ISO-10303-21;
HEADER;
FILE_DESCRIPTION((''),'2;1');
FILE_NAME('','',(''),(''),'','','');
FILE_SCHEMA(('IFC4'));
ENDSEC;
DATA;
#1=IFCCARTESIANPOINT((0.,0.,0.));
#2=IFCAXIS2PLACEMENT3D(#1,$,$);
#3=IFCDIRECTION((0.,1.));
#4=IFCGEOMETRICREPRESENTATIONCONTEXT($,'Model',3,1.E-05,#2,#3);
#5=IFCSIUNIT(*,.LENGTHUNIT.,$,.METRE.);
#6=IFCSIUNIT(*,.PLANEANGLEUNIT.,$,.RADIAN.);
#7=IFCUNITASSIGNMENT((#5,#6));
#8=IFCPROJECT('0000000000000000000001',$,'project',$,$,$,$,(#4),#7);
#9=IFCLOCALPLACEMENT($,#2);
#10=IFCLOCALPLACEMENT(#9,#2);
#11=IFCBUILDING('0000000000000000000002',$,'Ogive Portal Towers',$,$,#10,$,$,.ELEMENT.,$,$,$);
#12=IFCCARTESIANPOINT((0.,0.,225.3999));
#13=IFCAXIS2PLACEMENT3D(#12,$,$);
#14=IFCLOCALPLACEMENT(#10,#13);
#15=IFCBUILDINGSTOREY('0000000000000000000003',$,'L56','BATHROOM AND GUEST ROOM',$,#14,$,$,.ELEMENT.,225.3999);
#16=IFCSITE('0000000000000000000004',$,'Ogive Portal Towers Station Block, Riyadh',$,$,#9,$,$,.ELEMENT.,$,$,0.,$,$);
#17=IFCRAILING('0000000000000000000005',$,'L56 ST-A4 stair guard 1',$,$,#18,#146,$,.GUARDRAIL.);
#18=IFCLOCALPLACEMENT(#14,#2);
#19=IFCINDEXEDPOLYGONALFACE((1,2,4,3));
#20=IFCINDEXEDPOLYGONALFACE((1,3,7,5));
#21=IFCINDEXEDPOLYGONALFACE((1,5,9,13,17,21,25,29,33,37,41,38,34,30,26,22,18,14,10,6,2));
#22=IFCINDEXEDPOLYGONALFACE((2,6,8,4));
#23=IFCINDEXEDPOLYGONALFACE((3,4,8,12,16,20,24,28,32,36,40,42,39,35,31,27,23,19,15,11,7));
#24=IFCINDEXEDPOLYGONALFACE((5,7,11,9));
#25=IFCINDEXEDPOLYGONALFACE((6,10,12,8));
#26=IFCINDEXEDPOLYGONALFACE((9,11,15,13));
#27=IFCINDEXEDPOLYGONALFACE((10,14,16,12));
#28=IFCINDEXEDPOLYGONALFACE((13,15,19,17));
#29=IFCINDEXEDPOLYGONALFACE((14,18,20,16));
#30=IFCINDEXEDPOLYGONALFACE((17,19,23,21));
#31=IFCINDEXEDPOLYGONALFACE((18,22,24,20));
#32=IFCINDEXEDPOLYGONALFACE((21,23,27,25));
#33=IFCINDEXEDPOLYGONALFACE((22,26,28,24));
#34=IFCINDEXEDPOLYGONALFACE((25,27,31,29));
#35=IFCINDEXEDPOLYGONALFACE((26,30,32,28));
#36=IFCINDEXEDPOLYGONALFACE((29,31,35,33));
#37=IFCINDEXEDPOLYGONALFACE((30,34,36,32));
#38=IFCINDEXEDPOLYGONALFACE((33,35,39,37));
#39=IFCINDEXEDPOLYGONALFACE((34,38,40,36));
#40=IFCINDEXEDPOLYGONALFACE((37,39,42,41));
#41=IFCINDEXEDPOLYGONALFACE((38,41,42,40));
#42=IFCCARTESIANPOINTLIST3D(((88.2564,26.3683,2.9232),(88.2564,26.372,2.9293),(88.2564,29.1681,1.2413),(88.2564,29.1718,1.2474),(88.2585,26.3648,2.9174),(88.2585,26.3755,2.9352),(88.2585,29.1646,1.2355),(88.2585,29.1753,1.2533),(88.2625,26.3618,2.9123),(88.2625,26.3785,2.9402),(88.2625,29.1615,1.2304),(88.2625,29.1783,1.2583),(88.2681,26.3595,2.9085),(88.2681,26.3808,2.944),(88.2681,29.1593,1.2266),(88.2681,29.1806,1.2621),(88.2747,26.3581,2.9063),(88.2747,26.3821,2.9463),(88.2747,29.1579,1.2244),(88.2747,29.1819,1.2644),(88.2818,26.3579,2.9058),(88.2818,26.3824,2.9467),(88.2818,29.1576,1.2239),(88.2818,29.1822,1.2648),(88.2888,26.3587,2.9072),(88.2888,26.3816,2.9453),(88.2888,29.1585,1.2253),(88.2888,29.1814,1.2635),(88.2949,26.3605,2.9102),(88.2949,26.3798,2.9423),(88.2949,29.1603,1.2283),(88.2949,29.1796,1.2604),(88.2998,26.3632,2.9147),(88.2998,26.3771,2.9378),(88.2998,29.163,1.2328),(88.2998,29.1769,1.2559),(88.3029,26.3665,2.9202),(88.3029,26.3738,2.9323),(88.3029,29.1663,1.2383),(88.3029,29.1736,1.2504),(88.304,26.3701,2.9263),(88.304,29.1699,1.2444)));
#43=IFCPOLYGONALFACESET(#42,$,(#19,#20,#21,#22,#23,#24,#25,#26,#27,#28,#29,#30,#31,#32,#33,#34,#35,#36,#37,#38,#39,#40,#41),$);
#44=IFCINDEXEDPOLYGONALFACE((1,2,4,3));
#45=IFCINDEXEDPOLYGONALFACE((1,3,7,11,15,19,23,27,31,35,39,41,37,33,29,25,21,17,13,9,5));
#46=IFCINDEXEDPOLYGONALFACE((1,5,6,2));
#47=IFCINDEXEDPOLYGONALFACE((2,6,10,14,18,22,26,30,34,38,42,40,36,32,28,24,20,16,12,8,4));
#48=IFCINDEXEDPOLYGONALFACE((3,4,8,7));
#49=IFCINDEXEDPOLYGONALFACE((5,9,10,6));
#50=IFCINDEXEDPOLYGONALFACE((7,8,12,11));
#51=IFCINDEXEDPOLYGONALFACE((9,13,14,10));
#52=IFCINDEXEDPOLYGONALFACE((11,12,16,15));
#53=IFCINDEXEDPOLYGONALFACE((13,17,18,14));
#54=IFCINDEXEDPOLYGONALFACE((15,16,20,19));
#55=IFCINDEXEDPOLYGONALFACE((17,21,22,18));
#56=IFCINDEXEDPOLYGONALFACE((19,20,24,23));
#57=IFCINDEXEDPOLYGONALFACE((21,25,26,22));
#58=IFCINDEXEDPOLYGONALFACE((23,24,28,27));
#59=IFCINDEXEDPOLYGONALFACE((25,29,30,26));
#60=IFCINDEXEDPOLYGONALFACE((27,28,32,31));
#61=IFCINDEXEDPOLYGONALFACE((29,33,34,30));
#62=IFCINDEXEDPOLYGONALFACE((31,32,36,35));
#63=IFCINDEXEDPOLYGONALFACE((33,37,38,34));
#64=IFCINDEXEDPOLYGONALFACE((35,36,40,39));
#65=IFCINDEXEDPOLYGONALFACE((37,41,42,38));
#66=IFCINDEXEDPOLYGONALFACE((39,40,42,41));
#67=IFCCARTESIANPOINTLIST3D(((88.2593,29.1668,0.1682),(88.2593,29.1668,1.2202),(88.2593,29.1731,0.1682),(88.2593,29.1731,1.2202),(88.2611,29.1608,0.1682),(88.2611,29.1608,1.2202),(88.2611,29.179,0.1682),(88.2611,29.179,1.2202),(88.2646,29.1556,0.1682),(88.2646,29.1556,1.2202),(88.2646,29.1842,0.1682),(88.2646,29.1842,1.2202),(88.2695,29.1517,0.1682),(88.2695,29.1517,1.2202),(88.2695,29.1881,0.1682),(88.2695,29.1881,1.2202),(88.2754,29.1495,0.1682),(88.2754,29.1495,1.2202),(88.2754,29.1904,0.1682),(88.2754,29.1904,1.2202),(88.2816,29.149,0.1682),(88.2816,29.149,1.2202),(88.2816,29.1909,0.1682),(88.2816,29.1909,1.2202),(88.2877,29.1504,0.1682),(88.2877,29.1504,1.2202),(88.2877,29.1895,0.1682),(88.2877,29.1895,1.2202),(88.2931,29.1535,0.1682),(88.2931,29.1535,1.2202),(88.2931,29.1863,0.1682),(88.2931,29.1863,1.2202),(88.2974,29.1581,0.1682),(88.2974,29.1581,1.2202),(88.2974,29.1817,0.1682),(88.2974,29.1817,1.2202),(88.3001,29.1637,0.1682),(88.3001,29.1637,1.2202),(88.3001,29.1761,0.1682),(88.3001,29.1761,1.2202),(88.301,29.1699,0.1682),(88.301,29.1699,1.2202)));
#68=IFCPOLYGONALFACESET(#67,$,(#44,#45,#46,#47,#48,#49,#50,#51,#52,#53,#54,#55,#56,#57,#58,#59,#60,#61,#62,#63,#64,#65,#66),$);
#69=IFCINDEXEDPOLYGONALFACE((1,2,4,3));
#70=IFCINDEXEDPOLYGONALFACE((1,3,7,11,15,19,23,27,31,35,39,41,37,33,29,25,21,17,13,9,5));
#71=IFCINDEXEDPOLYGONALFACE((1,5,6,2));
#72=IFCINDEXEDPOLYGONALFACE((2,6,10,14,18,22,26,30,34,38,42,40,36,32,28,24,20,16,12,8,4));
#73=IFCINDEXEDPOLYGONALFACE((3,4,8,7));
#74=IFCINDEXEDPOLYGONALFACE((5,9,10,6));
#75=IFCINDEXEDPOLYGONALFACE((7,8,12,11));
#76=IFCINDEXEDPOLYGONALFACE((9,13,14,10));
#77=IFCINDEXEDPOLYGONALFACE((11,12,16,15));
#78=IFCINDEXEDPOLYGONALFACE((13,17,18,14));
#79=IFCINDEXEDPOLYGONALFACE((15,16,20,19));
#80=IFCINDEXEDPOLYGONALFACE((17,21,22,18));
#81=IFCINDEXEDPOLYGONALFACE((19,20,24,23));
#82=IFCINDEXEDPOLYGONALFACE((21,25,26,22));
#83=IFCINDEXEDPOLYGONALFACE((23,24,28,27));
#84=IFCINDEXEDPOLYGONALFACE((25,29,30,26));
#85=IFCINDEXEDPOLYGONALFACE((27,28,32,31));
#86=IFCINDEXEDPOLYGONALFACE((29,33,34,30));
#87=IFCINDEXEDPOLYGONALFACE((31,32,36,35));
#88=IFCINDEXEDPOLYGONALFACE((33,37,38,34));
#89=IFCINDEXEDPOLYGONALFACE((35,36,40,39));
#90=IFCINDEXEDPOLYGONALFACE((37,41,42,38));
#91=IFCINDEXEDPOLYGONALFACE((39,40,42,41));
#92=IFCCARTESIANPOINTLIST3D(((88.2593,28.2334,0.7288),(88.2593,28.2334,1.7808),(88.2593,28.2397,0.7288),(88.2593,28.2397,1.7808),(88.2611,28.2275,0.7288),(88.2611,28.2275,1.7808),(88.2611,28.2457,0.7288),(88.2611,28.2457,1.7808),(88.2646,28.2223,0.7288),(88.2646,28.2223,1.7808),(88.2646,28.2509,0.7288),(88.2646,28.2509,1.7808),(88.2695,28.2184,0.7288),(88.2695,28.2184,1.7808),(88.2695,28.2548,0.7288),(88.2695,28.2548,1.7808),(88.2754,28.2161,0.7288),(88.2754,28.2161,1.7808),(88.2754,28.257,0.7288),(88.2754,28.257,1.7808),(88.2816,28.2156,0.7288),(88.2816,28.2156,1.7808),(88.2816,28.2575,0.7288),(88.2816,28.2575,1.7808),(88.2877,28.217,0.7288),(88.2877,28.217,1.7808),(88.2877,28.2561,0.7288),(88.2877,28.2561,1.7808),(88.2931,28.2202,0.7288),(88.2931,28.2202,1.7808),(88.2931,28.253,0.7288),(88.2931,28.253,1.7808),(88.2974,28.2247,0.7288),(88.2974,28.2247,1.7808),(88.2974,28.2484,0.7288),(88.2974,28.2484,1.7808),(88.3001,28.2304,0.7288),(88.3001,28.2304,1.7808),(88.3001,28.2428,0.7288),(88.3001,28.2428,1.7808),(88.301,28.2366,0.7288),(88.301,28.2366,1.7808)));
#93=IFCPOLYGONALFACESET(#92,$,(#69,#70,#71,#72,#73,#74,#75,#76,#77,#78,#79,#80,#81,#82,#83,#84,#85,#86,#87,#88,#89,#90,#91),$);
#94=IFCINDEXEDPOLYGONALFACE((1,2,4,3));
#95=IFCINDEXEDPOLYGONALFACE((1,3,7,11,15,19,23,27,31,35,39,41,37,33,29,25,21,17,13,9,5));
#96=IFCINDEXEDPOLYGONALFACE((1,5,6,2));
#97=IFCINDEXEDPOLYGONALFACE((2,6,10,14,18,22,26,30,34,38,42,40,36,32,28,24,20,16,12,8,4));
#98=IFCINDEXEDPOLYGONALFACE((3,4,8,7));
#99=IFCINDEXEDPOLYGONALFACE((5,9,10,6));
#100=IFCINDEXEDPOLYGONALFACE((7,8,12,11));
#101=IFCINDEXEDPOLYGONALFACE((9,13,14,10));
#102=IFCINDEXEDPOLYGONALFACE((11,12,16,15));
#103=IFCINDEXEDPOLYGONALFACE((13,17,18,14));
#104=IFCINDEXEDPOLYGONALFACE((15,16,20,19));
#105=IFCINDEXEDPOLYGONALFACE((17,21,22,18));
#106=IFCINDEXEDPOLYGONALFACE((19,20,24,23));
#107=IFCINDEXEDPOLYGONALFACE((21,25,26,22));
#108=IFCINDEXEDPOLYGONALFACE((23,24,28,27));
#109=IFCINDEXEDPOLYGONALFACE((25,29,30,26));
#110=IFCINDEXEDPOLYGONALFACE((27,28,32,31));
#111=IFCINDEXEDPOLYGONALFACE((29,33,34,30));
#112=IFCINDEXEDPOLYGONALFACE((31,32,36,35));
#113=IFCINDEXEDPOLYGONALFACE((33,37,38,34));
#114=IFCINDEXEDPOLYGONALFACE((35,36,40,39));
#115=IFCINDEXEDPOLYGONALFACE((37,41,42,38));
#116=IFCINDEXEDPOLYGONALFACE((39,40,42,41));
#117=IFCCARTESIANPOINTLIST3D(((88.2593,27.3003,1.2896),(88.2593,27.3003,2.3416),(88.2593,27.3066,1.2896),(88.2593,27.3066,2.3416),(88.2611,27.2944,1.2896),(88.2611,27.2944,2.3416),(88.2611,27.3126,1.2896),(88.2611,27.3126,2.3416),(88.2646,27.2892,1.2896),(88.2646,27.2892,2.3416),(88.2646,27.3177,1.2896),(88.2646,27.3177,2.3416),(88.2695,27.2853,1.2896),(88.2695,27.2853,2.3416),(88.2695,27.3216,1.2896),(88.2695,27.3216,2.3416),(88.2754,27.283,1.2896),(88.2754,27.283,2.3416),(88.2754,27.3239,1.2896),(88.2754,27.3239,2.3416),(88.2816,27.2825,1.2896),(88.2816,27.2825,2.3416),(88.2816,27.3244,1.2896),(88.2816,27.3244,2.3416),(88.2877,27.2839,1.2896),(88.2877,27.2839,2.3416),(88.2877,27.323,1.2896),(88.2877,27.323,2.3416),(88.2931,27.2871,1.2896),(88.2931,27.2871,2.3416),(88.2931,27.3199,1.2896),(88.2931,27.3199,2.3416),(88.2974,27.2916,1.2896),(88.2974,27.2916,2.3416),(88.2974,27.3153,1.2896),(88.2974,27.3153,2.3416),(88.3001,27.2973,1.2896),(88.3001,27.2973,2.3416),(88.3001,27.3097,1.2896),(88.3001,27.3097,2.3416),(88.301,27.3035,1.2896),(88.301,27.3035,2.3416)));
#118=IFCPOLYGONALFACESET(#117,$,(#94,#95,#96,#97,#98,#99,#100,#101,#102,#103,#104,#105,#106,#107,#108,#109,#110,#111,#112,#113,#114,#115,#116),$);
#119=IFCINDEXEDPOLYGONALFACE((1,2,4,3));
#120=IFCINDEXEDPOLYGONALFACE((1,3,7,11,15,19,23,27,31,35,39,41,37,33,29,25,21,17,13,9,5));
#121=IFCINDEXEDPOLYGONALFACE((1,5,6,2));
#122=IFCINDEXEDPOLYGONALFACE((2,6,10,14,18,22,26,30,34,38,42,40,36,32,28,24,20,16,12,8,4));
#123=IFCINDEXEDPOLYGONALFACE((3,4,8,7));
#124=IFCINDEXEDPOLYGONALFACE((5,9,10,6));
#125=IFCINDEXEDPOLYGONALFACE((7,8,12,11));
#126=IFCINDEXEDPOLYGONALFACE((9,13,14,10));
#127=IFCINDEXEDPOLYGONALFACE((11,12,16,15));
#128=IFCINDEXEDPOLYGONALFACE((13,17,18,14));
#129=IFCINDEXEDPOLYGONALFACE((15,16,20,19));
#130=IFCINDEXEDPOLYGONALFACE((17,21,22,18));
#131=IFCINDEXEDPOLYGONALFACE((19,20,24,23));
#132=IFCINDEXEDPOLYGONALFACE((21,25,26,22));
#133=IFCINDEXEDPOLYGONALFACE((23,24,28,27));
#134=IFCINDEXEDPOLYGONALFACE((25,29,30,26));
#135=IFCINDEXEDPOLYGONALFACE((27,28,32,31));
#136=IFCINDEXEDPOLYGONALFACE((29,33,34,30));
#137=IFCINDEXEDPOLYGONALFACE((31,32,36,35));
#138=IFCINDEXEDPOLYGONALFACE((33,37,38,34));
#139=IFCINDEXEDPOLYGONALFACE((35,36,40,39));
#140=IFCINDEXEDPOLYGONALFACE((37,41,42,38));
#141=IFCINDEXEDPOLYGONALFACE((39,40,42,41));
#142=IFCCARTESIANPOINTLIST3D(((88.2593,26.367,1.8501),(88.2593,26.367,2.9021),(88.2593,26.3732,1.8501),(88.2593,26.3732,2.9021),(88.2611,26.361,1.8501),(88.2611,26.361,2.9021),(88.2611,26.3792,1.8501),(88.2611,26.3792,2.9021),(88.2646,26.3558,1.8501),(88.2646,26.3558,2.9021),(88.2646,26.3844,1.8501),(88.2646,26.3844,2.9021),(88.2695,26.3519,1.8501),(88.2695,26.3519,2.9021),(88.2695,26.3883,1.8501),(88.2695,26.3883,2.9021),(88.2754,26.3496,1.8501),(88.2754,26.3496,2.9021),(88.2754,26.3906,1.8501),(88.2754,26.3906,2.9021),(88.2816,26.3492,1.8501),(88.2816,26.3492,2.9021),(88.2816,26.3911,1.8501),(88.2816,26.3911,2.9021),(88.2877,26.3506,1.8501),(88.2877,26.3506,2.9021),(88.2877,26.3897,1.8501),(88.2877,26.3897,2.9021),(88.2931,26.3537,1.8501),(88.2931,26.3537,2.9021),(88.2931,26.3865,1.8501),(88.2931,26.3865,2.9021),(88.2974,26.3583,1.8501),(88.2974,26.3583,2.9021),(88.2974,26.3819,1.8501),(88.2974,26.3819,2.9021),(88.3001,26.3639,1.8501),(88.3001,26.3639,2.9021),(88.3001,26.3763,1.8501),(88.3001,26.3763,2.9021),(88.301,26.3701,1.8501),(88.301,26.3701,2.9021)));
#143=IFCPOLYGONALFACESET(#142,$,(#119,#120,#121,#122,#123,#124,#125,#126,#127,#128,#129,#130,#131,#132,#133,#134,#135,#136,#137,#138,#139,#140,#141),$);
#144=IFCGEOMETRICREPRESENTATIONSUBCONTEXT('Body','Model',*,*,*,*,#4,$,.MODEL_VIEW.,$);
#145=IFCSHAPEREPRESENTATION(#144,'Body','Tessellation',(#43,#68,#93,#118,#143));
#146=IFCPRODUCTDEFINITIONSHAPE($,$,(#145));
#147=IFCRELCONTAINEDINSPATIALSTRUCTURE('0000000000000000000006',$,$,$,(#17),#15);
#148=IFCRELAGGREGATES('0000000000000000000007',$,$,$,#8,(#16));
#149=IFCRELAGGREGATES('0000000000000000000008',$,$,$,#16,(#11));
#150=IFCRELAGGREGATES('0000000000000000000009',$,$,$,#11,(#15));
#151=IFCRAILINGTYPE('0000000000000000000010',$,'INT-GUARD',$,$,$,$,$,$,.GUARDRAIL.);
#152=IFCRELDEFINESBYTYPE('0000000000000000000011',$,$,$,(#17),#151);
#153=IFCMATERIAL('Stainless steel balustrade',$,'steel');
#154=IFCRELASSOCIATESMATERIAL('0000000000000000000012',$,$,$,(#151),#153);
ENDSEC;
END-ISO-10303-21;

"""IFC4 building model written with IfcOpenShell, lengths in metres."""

from ifc_helpers import new_model, si_unit, direction, frame, origin, origin_2d, place, context, subcontext, project, spatial, circle, extrude, material, type_object, element, save


model = new_model("IFC4")

# Units and contexts
model_context = context("Model", 3, precision=1e-05, world=origin(), true_north=direction((0.0, 1.0)))
body_context = subcontext(model_context, "Body", "Model", "MODEL_VIEW")
ifc_project = project(units=[si_unit("LENGTHUNIT", "METRE"), si_unit("PLANEANGLEUNIT", "RADIAN")], contexts=[model_context])

# Site, building, storey
site_placement = place(None, origin())
site = spatial("IfcSite", under=ifc_project, at=site_placement, Name="Ogive Portal Towers Station Block, Riyadh", CompositionType="ELEMENT", RefElevation=0.0)
building_placement = place(site_placement, origin())
building = spatial("IfcBuilding", under=site, at=building_placement, Name="Ogive Portal Towers", CompositionType="ELEMENT")
storey_placement = place(building_placement, frame((0.0, 0.0, 225.3999)))
storey = spatial("IfcBuildingStorey", under=building, at=storey_placement, Name="L56", Description="BATHROOM AND GUEST ROOM", CompositionType="ELEMENT", Elevation=225.3999)

# Railing
ifc_material_1 = material(Name="Stainless steel balustrade", Category="steel")
railing_type_1 = type_object("IfcRailingType", Name="INT-GUARD", PredefinedType="GUARDRAIL", material=ifc_material_1)
railing_1_placement = place(storey_placement, frame((88.28, 29.1699, 0.1682)))
element("IfcRailing", 1, at=railing_1_placement, inside=storey, type_object=railing_type_1, Name="L56 ST-A4 stair guard 1", PredefinedType="GUARDRAIL", context=body_context, shape_type="SweptSolid", body=[
    extrude(circle(Radius=0.0239, at=origin_2d()), frame((0.0, 0.0, 1.0762), z_axis=(0.0, -0.857222, 0.514946), x_axis=(1.0, 0.0, 0.0)), (0.0, 0.0, 1.0), 3.2661),
    extrude(circle(Radius=0.021, at=origin_2d()), origin(), (0.0, 0.0, 1.0), 1.052),
    extrude(circle(Radius=0.021, at=origin_2d()), frame((0.0, -0.9333, 0.5605)), (0.0, 0.0, 1.0), 1.052),
    extrude(circle(Radius=0.021, at=origin_2d()), frame((0.0, -1.8665, 1.1213)), (0.0, 0.0, 1.0), 1.052),
    extrude(circle(Radius=0.021, at=origin_2d()), frame((0.0, -2.7998, 1.6819)), (0.0, 0.0, 1.0), 1.052),
])

save(model, "model.ifc")
